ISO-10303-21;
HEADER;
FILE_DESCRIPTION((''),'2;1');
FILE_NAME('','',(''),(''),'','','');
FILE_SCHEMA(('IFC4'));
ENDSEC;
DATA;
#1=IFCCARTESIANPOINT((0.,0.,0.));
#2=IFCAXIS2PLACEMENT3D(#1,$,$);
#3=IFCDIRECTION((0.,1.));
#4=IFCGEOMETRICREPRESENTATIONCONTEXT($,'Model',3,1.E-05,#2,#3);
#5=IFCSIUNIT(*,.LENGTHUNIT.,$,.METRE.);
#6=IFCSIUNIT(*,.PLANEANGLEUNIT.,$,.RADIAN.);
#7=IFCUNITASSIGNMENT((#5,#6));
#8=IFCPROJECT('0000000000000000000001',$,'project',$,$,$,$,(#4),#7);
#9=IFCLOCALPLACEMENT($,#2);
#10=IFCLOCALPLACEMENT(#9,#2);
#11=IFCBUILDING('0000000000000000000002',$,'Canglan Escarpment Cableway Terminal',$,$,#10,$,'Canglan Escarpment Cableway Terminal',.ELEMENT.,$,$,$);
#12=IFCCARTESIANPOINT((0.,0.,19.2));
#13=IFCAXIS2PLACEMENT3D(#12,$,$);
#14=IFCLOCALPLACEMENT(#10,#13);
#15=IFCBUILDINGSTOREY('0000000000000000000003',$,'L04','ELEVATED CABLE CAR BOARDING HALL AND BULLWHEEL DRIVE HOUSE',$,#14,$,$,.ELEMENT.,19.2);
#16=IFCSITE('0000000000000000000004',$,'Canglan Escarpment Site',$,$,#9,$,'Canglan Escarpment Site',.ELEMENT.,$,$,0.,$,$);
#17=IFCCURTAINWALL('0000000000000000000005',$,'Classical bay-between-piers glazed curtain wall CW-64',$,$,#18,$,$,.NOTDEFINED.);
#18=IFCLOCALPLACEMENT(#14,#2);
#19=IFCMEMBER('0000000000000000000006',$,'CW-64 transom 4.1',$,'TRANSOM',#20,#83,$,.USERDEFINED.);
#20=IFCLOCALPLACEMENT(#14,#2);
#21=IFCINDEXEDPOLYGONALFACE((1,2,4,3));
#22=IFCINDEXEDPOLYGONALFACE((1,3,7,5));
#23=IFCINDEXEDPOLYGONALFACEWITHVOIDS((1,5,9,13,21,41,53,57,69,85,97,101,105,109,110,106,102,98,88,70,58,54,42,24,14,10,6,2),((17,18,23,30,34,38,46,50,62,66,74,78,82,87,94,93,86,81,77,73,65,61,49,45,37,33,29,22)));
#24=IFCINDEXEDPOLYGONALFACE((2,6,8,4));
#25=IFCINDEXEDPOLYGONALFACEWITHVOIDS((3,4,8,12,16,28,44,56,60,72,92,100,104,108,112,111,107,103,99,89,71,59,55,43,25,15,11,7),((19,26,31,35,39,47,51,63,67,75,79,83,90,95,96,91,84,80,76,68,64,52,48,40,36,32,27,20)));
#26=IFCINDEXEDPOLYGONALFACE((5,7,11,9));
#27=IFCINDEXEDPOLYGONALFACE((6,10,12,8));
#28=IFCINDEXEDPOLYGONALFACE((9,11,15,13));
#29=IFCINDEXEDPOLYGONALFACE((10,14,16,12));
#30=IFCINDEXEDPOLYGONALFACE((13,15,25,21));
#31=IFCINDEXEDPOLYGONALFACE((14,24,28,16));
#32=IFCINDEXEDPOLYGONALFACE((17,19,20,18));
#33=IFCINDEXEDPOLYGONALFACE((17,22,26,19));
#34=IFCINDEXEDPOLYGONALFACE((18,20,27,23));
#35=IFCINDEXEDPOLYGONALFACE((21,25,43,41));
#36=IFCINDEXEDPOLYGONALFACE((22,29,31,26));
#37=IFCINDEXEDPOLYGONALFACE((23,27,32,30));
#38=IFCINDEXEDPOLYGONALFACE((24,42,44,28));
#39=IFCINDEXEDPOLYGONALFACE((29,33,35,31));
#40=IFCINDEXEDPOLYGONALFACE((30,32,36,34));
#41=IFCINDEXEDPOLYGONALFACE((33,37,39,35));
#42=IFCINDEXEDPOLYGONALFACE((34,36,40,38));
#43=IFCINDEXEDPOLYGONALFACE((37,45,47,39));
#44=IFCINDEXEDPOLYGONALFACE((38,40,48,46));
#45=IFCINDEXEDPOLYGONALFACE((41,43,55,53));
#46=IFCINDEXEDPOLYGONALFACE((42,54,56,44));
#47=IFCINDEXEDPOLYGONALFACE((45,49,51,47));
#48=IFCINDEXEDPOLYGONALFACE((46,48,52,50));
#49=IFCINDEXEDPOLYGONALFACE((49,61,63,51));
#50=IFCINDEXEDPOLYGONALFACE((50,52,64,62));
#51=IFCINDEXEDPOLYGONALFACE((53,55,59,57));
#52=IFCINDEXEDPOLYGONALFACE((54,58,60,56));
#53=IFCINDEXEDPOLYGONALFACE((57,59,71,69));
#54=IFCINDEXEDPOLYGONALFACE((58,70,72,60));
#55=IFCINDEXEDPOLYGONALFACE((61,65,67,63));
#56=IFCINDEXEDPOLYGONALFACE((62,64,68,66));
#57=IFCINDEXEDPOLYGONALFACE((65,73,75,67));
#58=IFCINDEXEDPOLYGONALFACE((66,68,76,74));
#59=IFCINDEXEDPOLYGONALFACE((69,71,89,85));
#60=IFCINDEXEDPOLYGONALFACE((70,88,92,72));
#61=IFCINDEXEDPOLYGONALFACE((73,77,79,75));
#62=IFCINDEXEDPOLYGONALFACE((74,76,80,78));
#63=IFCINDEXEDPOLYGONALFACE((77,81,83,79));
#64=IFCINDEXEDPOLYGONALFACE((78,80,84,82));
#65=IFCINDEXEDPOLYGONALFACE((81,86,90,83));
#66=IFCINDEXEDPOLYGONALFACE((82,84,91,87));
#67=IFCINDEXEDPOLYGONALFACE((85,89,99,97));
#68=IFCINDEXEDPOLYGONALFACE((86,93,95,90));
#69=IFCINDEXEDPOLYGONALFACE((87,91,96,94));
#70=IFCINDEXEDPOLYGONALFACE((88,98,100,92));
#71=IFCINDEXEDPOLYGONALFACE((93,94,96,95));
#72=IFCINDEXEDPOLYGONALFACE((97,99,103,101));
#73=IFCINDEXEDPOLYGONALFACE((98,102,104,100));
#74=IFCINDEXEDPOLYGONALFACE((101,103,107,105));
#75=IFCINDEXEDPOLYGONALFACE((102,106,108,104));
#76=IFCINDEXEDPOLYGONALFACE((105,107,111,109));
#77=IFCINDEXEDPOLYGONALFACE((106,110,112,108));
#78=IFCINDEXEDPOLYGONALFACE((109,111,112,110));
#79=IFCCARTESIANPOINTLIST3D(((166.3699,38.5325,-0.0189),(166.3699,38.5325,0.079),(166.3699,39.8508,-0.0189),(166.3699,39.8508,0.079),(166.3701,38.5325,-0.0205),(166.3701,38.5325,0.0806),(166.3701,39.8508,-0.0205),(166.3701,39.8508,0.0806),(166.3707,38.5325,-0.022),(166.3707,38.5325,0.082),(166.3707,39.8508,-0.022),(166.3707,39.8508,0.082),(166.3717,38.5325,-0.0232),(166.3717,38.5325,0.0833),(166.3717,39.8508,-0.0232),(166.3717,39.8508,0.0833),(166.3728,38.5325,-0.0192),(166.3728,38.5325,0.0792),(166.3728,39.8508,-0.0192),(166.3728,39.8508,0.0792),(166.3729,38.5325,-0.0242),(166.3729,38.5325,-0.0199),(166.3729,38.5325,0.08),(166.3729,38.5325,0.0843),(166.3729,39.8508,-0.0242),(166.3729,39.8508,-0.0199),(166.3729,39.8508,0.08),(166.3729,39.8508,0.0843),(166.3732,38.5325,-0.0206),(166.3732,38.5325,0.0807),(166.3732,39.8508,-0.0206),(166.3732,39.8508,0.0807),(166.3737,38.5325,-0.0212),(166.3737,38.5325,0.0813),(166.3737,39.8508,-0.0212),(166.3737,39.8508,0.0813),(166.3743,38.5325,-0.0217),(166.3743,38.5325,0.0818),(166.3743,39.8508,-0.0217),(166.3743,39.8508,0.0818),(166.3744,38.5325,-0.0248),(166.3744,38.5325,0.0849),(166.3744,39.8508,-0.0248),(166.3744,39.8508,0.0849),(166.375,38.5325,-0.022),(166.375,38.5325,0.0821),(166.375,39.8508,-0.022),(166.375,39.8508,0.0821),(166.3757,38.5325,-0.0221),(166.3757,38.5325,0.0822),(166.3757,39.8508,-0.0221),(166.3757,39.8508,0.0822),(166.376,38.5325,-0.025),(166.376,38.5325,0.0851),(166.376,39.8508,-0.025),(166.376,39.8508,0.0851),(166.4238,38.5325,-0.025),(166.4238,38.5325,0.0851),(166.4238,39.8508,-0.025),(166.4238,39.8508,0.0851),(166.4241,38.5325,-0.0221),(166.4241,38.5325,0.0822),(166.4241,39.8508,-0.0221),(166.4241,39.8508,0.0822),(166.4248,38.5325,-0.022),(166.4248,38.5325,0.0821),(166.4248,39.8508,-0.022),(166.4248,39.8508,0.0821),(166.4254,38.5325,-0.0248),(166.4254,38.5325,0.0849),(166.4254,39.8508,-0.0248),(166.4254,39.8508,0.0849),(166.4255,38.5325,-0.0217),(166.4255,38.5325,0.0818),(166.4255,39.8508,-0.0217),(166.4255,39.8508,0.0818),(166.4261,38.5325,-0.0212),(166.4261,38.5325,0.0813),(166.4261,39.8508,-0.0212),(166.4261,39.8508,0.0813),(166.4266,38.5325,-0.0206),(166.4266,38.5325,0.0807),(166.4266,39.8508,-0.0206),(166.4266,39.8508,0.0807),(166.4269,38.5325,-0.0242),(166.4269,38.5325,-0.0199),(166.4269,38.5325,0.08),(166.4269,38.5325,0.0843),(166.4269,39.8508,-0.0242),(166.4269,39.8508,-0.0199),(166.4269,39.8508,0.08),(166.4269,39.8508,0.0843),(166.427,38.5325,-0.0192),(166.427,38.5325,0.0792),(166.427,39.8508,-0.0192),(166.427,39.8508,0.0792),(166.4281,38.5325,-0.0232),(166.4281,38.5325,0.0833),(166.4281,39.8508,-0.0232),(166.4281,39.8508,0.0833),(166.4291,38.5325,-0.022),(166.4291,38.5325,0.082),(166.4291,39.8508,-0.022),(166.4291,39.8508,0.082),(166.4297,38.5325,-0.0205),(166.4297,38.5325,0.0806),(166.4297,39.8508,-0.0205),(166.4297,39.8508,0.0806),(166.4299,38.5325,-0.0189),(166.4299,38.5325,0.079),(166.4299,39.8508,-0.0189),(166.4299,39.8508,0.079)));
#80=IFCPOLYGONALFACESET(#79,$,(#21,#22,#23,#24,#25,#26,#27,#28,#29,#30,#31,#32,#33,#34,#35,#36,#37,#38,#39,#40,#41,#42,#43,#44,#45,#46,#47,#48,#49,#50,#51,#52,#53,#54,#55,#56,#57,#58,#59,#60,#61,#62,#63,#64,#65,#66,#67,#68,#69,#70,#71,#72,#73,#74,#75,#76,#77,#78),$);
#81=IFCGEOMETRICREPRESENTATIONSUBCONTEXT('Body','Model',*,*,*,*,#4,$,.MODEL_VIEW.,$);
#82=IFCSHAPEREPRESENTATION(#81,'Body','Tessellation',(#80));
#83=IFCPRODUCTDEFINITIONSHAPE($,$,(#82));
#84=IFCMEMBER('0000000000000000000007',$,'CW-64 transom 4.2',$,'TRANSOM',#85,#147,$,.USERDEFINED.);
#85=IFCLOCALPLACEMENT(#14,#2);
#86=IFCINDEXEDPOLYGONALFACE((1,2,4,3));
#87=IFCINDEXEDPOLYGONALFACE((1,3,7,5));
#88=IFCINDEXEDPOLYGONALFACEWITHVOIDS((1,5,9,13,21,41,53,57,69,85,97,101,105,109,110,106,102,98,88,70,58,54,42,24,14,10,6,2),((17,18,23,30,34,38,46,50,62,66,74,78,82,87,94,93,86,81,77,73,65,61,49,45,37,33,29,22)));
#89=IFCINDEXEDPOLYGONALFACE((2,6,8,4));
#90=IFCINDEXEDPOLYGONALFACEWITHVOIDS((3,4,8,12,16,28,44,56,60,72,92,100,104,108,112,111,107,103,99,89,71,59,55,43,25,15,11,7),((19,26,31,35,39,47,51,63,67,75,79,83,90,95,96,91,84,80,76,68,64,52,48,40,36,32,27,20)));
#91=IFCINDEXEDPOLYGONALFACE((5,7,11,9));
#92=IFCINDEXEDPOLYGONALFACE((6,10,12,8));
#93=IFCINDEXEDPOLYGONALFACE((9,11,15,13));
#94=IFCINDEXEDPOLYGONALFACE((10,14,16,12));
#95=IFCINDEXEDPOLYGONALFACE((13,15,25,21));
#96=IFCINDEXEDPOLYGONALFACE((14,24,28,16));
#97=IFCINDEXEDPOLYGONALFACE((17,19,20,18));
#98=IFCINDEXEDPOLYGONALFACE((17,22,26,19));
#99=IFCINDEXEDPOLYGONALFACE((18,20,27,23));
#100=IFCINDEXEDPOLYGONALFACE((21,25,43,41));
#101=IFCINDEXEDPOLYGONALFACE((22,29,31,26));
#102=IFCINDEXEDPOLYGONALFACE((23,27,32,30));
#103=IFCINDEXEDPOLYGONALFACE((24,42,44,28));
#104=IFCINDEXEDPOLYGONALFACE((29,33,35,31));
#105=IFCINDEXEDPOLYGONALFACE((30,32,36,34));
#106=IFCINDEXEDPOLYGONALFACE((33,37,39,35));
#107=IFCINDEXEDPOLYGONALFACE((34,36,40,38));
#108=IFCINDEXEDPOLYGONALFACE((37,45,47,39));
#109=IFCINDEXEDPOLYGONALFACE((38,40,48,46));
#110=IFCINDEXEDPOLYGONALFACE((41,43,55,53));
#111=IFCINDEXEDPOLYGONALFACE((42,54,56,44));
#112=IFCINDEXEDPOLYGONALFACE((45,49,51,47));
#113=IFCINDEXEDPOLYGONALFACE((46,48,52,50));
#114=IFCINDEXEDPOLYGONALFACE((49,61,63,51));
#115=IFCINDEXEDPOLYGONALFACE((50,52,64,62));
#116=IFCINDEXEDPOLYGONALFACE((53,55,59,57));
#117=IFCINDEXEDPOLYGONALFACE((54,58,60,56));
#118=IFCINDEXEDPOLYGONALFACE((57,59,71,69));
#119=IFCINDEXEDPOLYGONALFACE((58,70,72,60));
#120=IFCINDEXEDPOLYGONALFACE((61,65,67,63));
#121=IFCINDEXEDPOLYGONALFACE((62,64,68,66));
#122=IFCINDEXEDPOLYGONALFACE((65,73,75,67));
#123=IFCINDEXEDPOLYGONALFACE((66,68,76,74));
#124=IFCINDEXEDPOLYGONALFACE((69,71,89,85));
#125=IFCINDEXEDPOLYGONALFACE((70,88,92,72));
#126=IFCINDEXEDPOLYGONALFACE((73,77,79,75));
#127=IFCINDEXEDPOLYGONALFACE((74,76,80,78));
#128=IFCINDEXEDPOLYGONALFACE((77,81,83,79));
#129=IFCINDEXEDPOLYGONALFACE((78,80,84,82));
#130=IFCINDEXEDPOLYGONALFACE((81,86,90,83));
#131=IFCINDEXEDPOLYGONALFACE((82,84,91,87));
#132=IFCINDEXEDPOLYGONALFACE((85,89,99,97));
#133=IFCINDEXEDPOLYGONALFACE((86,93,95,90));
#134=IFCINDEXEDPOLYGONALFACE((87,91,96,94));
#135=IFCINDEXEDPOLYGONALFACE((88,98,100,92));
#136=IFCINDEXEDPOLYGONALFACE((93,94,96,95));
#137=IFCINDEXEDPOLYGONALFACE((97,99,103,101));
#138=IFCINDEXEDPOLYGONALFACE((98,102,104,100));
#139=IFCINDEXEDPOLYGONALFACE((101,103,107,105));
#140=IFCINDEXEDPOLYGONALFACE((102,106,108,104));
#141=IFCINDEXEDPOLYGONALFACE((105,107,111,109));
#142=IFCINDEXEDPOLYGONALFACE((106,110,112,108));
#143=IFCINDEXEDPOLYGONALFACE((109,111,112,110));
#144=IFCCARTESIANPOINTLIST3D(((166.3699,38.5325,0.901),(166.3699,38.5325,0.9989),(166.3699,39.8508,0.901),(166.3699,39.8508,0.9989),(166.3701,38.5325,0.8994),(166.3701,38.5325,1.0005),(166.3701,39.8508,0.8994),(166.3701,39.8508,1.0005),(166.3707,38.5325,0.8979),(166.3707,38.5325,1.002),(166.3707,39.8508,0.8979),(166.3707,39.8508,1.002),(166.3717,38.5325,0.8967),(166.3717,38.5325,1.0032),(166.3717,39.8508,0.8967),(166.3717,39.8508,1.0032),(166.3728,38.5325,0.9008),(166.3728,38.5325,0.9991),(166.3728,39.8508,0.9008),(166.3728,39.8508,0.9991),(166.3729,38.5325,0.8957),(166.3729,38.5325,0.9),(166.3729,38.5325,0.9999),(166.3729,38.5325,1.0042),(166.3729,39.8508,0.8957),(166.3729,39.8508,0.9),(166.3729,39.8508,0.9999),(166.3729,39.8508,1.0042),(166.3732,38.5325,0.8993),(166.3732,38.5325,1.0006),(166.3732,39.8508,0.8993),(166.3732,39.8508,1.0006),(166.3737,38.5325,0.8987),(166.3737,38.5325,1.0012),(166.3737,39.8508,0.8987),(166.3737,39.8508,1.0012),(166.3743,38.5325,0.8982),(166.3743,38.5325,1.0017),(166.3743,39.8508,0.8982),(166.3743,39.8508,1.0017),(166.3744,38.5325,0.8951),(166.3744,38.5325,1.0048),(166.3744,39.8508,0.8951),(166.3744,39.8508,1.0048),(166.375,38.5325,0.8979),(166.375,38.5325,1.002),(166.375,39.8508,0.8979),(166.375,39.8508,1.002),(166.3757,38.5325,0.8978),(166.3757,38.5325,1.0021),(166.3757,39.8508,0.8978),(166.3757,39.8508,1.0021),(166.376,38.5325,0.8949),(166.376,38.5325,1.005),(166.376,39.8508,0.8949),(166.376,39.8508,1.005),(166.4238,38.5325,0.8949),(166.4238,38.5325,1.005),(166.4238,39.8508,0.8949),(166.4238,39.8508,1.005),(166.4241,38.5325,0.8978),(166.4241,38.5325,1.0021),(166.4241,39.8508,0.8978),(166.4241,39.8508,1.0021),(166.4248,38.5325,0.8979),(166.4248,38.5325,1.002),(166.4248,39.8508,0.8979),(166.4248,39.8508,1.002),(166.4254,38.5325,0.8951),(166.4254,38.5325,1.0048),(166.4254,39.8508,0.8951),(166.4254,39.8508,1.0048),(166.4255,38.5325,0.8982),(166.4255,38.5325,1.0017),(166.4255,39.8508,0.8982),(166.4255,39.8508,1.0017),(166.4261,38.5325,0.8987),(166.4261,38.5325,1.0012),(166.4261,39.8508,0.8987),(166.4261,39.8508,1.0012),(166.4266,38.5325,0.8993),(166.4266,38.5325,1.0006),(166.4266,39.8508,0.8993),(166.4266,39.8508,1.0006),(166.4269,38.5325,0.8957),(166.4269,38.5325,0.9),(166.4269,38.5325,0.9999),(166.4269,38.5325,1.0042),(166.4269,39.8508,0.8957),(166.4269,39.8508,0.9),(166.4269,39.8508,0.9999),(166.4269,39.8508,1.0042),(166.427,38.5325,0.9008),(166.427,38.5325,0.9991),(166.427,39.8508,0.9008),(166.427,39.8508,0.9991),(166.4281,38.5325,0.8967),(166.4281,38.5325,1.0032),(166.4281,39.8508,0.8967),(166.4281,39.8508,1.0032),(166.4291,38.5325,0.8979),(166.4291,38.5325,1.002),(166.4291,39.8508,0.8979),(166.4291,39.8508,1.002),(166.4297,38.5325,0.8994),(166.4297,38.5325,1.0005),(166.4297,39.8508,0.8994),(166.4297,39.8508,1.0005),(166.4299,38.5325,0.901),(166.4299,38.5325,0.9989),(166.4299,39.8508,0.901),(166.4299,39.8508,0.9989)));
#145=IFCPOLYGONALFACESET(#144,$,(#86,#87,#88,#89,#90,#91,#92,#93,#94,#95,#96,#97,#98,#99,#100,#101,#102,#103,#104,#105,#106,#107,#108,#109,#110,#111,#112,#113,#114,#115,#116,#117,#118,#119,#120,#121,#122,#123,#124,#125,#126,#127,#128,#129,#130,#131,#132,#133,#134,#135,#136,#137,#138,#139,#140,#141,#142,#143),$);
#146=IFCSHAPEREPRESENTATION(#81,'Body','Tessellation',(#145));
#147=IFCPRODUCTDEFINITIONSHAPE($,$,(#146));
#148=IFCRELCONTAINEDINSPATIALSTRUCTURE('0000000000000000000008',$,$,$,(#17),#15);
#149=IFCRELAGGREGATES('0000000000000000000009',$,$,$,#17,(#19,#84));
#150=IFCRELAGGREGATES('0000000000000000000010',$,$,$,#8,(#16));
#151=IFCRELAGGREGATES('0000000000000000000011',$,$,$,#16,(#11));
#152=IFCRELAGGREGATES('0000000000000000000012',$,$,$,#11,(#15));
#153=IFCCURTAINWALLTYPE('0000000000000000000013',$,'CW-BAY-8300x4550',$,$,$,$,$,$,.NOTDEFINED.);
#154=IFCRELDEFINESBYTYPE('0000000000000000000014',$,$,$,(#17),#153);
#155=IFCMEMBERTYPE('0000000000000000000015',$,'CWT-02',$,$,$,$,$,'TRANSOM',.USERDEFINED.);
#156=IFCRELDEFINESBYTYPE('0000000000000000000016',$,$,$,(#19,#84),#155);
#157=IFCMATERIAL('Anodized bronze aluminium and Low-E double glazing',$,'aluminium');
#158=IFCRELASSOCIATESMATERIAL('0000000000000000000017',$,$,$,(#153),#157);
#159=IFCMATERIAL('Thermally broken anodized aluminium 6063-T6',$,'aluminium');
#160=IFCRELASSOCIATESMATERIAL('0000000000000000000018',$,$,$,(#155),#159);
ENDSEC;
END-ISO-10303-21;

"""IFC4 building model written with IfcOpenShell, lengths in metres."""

from ifc_helpers import new_model, si_unit, direction, frame, origin, origin_2d, place, context, subcontext, project, spatial, hollow_rectangle, extrude, material, material_profile, profile_set, type_object, element, aggregate, save


model = new_model("IFC4")

# Units and contexts
model_context = context("Model", 3, precision=1e-05, world=origin(), true_north=direction((0.0, 1.0)))
body_context = subcontext(model_context, "Body", "Model", "MODEL_VIEW")
ifc_project = project(units=[si_unit("LENGTHUNIT", "METRE"), si_unit("PLANEANGLEUNIT", "RADIAN")], contexts=[model_context])

# Site, building, storey
site_placement = place(None, origin())
site = spatial("IfcSite", under=ifc_project, at=site_placement, Name="Canglan Escarpment Site", LongName="Canglan Escarpment Site", CompositionType="ELEMENT", RefElevation=0.0)
building_placement = place(site_placement, origin())
building = spatial("IfcBuilding", under=site, at=building_placement, Name="Canglan Escarpment Cableway Terminal", LongName="Canglan Escarpment Cableway Terminal", CompositionType="ELEMENT")
storey_placement = place(building_placement, frame((0.0, 0.0, 19.2)))
storey = spatial("IfcBuildingStorey", under=building, at=storey_placement, Name="L04", Description="ELEVATED CABLE CAR BOARDING HALL AND BULLWHEEL DRIVE HOUSE", CompositionType="ELEMENT", Elevation=19.2)

# Curtain wall
ifc_material_1 = material(Name="Anodized bronze aluminium and Low-E double glazing", Category="aluminium")
curtain_wall_type = type_object("IfcCurtainWallType", Name="CW-BAY-8300x4550", PredefinedType="NOTDEFINED", material=ifc_material_1)
curtain_wall_1_placement = place(storey_placement, origin())
curtain_wall_1 = element("IfcCurtainWall", 1, at=curtain_wall_1_placement, inside=storey, type_object=curtain_wall_type, Name="Classical bay-between-piers glazed curtain wall CW-64", PredefinedType="NOTDEFINED")
ifc_material_2 = material(Name="Thermally broken anodized aluminium 6063-T6", Category="aluminium")

# Members
ifc_material_profile_1 = material_profile(ifc_material_2, hollow_rectangle(XDim=0.0601, YDim=0.1101, WallThickness=0.0029, InnerFilletRadius=0.0029, OuterFilletRadius=0.0061, at=origin_2d()), Name="ALU-TRAN 60x110x3")
ifc_profile_set_1 = profile_set([ifc_material_profile_1], Name="Thermally broken anodized aluminium 6063-T6")
member_type_1 = type_object("IfcMemberType", Name="CWT-02", ElementType="TRANSOM", PredefinedType="USERDEFINED", material=ifc_profile_set_1)
member_1_placement = place(storey_placement, frame((166.3999, 38.5325, 0.03), z_axis=(0.0, 1.0, 0.0), x_axis=(-1.0, 0.0, 0.0)))
member_1 = element("IfcMember", 2, at=member_1_placement, type_object=member_type_1, Name="CW-64 transom 4.1", ObjectType="TRANSOM", PredefinedType="USERDEFINED", context=body_context, shape_type="SweptSolid", body=[
    extrude(hollow_rectangle(XDim=0.0601, YDim=0.1101, WallThickness=0.0029, InnerFilletRadius=0.0029, OuterFilletRadius=0.0061, at=origin_2d()), origin(), (0.0, 0.0, 1.0), 1.3184),
])
member_2_placement = place(storey_placement, frame((166.3999, 38.5325, 0.95), z_axis=(0.0, 1.0, 0.0), x_axis=(-1.0, 0.0, 0.0)))
member_2 = element("IfcMember", 3, at=member_2_placement, type_object=member_type_1, Name="CW-64 transom 4.2", ObjectType="TRANSOM", PredefinedType="USERDEFINED", context=body_context, shape_type="SweptSolid", body=[
    extrude(hollow_rectangle(XDim=0.0601, YDim=0.1101, WallThickness=0.0029, InnerFilletRadius=0.0029, OuterFilletRadius=0.0061, at=origin_2d()), origin(), (0.0, 0.0, 1.0), 1.3184),
])

aggregate(curtain_wall_1, [member_1, member_2])

save(model, "model.ifc")
